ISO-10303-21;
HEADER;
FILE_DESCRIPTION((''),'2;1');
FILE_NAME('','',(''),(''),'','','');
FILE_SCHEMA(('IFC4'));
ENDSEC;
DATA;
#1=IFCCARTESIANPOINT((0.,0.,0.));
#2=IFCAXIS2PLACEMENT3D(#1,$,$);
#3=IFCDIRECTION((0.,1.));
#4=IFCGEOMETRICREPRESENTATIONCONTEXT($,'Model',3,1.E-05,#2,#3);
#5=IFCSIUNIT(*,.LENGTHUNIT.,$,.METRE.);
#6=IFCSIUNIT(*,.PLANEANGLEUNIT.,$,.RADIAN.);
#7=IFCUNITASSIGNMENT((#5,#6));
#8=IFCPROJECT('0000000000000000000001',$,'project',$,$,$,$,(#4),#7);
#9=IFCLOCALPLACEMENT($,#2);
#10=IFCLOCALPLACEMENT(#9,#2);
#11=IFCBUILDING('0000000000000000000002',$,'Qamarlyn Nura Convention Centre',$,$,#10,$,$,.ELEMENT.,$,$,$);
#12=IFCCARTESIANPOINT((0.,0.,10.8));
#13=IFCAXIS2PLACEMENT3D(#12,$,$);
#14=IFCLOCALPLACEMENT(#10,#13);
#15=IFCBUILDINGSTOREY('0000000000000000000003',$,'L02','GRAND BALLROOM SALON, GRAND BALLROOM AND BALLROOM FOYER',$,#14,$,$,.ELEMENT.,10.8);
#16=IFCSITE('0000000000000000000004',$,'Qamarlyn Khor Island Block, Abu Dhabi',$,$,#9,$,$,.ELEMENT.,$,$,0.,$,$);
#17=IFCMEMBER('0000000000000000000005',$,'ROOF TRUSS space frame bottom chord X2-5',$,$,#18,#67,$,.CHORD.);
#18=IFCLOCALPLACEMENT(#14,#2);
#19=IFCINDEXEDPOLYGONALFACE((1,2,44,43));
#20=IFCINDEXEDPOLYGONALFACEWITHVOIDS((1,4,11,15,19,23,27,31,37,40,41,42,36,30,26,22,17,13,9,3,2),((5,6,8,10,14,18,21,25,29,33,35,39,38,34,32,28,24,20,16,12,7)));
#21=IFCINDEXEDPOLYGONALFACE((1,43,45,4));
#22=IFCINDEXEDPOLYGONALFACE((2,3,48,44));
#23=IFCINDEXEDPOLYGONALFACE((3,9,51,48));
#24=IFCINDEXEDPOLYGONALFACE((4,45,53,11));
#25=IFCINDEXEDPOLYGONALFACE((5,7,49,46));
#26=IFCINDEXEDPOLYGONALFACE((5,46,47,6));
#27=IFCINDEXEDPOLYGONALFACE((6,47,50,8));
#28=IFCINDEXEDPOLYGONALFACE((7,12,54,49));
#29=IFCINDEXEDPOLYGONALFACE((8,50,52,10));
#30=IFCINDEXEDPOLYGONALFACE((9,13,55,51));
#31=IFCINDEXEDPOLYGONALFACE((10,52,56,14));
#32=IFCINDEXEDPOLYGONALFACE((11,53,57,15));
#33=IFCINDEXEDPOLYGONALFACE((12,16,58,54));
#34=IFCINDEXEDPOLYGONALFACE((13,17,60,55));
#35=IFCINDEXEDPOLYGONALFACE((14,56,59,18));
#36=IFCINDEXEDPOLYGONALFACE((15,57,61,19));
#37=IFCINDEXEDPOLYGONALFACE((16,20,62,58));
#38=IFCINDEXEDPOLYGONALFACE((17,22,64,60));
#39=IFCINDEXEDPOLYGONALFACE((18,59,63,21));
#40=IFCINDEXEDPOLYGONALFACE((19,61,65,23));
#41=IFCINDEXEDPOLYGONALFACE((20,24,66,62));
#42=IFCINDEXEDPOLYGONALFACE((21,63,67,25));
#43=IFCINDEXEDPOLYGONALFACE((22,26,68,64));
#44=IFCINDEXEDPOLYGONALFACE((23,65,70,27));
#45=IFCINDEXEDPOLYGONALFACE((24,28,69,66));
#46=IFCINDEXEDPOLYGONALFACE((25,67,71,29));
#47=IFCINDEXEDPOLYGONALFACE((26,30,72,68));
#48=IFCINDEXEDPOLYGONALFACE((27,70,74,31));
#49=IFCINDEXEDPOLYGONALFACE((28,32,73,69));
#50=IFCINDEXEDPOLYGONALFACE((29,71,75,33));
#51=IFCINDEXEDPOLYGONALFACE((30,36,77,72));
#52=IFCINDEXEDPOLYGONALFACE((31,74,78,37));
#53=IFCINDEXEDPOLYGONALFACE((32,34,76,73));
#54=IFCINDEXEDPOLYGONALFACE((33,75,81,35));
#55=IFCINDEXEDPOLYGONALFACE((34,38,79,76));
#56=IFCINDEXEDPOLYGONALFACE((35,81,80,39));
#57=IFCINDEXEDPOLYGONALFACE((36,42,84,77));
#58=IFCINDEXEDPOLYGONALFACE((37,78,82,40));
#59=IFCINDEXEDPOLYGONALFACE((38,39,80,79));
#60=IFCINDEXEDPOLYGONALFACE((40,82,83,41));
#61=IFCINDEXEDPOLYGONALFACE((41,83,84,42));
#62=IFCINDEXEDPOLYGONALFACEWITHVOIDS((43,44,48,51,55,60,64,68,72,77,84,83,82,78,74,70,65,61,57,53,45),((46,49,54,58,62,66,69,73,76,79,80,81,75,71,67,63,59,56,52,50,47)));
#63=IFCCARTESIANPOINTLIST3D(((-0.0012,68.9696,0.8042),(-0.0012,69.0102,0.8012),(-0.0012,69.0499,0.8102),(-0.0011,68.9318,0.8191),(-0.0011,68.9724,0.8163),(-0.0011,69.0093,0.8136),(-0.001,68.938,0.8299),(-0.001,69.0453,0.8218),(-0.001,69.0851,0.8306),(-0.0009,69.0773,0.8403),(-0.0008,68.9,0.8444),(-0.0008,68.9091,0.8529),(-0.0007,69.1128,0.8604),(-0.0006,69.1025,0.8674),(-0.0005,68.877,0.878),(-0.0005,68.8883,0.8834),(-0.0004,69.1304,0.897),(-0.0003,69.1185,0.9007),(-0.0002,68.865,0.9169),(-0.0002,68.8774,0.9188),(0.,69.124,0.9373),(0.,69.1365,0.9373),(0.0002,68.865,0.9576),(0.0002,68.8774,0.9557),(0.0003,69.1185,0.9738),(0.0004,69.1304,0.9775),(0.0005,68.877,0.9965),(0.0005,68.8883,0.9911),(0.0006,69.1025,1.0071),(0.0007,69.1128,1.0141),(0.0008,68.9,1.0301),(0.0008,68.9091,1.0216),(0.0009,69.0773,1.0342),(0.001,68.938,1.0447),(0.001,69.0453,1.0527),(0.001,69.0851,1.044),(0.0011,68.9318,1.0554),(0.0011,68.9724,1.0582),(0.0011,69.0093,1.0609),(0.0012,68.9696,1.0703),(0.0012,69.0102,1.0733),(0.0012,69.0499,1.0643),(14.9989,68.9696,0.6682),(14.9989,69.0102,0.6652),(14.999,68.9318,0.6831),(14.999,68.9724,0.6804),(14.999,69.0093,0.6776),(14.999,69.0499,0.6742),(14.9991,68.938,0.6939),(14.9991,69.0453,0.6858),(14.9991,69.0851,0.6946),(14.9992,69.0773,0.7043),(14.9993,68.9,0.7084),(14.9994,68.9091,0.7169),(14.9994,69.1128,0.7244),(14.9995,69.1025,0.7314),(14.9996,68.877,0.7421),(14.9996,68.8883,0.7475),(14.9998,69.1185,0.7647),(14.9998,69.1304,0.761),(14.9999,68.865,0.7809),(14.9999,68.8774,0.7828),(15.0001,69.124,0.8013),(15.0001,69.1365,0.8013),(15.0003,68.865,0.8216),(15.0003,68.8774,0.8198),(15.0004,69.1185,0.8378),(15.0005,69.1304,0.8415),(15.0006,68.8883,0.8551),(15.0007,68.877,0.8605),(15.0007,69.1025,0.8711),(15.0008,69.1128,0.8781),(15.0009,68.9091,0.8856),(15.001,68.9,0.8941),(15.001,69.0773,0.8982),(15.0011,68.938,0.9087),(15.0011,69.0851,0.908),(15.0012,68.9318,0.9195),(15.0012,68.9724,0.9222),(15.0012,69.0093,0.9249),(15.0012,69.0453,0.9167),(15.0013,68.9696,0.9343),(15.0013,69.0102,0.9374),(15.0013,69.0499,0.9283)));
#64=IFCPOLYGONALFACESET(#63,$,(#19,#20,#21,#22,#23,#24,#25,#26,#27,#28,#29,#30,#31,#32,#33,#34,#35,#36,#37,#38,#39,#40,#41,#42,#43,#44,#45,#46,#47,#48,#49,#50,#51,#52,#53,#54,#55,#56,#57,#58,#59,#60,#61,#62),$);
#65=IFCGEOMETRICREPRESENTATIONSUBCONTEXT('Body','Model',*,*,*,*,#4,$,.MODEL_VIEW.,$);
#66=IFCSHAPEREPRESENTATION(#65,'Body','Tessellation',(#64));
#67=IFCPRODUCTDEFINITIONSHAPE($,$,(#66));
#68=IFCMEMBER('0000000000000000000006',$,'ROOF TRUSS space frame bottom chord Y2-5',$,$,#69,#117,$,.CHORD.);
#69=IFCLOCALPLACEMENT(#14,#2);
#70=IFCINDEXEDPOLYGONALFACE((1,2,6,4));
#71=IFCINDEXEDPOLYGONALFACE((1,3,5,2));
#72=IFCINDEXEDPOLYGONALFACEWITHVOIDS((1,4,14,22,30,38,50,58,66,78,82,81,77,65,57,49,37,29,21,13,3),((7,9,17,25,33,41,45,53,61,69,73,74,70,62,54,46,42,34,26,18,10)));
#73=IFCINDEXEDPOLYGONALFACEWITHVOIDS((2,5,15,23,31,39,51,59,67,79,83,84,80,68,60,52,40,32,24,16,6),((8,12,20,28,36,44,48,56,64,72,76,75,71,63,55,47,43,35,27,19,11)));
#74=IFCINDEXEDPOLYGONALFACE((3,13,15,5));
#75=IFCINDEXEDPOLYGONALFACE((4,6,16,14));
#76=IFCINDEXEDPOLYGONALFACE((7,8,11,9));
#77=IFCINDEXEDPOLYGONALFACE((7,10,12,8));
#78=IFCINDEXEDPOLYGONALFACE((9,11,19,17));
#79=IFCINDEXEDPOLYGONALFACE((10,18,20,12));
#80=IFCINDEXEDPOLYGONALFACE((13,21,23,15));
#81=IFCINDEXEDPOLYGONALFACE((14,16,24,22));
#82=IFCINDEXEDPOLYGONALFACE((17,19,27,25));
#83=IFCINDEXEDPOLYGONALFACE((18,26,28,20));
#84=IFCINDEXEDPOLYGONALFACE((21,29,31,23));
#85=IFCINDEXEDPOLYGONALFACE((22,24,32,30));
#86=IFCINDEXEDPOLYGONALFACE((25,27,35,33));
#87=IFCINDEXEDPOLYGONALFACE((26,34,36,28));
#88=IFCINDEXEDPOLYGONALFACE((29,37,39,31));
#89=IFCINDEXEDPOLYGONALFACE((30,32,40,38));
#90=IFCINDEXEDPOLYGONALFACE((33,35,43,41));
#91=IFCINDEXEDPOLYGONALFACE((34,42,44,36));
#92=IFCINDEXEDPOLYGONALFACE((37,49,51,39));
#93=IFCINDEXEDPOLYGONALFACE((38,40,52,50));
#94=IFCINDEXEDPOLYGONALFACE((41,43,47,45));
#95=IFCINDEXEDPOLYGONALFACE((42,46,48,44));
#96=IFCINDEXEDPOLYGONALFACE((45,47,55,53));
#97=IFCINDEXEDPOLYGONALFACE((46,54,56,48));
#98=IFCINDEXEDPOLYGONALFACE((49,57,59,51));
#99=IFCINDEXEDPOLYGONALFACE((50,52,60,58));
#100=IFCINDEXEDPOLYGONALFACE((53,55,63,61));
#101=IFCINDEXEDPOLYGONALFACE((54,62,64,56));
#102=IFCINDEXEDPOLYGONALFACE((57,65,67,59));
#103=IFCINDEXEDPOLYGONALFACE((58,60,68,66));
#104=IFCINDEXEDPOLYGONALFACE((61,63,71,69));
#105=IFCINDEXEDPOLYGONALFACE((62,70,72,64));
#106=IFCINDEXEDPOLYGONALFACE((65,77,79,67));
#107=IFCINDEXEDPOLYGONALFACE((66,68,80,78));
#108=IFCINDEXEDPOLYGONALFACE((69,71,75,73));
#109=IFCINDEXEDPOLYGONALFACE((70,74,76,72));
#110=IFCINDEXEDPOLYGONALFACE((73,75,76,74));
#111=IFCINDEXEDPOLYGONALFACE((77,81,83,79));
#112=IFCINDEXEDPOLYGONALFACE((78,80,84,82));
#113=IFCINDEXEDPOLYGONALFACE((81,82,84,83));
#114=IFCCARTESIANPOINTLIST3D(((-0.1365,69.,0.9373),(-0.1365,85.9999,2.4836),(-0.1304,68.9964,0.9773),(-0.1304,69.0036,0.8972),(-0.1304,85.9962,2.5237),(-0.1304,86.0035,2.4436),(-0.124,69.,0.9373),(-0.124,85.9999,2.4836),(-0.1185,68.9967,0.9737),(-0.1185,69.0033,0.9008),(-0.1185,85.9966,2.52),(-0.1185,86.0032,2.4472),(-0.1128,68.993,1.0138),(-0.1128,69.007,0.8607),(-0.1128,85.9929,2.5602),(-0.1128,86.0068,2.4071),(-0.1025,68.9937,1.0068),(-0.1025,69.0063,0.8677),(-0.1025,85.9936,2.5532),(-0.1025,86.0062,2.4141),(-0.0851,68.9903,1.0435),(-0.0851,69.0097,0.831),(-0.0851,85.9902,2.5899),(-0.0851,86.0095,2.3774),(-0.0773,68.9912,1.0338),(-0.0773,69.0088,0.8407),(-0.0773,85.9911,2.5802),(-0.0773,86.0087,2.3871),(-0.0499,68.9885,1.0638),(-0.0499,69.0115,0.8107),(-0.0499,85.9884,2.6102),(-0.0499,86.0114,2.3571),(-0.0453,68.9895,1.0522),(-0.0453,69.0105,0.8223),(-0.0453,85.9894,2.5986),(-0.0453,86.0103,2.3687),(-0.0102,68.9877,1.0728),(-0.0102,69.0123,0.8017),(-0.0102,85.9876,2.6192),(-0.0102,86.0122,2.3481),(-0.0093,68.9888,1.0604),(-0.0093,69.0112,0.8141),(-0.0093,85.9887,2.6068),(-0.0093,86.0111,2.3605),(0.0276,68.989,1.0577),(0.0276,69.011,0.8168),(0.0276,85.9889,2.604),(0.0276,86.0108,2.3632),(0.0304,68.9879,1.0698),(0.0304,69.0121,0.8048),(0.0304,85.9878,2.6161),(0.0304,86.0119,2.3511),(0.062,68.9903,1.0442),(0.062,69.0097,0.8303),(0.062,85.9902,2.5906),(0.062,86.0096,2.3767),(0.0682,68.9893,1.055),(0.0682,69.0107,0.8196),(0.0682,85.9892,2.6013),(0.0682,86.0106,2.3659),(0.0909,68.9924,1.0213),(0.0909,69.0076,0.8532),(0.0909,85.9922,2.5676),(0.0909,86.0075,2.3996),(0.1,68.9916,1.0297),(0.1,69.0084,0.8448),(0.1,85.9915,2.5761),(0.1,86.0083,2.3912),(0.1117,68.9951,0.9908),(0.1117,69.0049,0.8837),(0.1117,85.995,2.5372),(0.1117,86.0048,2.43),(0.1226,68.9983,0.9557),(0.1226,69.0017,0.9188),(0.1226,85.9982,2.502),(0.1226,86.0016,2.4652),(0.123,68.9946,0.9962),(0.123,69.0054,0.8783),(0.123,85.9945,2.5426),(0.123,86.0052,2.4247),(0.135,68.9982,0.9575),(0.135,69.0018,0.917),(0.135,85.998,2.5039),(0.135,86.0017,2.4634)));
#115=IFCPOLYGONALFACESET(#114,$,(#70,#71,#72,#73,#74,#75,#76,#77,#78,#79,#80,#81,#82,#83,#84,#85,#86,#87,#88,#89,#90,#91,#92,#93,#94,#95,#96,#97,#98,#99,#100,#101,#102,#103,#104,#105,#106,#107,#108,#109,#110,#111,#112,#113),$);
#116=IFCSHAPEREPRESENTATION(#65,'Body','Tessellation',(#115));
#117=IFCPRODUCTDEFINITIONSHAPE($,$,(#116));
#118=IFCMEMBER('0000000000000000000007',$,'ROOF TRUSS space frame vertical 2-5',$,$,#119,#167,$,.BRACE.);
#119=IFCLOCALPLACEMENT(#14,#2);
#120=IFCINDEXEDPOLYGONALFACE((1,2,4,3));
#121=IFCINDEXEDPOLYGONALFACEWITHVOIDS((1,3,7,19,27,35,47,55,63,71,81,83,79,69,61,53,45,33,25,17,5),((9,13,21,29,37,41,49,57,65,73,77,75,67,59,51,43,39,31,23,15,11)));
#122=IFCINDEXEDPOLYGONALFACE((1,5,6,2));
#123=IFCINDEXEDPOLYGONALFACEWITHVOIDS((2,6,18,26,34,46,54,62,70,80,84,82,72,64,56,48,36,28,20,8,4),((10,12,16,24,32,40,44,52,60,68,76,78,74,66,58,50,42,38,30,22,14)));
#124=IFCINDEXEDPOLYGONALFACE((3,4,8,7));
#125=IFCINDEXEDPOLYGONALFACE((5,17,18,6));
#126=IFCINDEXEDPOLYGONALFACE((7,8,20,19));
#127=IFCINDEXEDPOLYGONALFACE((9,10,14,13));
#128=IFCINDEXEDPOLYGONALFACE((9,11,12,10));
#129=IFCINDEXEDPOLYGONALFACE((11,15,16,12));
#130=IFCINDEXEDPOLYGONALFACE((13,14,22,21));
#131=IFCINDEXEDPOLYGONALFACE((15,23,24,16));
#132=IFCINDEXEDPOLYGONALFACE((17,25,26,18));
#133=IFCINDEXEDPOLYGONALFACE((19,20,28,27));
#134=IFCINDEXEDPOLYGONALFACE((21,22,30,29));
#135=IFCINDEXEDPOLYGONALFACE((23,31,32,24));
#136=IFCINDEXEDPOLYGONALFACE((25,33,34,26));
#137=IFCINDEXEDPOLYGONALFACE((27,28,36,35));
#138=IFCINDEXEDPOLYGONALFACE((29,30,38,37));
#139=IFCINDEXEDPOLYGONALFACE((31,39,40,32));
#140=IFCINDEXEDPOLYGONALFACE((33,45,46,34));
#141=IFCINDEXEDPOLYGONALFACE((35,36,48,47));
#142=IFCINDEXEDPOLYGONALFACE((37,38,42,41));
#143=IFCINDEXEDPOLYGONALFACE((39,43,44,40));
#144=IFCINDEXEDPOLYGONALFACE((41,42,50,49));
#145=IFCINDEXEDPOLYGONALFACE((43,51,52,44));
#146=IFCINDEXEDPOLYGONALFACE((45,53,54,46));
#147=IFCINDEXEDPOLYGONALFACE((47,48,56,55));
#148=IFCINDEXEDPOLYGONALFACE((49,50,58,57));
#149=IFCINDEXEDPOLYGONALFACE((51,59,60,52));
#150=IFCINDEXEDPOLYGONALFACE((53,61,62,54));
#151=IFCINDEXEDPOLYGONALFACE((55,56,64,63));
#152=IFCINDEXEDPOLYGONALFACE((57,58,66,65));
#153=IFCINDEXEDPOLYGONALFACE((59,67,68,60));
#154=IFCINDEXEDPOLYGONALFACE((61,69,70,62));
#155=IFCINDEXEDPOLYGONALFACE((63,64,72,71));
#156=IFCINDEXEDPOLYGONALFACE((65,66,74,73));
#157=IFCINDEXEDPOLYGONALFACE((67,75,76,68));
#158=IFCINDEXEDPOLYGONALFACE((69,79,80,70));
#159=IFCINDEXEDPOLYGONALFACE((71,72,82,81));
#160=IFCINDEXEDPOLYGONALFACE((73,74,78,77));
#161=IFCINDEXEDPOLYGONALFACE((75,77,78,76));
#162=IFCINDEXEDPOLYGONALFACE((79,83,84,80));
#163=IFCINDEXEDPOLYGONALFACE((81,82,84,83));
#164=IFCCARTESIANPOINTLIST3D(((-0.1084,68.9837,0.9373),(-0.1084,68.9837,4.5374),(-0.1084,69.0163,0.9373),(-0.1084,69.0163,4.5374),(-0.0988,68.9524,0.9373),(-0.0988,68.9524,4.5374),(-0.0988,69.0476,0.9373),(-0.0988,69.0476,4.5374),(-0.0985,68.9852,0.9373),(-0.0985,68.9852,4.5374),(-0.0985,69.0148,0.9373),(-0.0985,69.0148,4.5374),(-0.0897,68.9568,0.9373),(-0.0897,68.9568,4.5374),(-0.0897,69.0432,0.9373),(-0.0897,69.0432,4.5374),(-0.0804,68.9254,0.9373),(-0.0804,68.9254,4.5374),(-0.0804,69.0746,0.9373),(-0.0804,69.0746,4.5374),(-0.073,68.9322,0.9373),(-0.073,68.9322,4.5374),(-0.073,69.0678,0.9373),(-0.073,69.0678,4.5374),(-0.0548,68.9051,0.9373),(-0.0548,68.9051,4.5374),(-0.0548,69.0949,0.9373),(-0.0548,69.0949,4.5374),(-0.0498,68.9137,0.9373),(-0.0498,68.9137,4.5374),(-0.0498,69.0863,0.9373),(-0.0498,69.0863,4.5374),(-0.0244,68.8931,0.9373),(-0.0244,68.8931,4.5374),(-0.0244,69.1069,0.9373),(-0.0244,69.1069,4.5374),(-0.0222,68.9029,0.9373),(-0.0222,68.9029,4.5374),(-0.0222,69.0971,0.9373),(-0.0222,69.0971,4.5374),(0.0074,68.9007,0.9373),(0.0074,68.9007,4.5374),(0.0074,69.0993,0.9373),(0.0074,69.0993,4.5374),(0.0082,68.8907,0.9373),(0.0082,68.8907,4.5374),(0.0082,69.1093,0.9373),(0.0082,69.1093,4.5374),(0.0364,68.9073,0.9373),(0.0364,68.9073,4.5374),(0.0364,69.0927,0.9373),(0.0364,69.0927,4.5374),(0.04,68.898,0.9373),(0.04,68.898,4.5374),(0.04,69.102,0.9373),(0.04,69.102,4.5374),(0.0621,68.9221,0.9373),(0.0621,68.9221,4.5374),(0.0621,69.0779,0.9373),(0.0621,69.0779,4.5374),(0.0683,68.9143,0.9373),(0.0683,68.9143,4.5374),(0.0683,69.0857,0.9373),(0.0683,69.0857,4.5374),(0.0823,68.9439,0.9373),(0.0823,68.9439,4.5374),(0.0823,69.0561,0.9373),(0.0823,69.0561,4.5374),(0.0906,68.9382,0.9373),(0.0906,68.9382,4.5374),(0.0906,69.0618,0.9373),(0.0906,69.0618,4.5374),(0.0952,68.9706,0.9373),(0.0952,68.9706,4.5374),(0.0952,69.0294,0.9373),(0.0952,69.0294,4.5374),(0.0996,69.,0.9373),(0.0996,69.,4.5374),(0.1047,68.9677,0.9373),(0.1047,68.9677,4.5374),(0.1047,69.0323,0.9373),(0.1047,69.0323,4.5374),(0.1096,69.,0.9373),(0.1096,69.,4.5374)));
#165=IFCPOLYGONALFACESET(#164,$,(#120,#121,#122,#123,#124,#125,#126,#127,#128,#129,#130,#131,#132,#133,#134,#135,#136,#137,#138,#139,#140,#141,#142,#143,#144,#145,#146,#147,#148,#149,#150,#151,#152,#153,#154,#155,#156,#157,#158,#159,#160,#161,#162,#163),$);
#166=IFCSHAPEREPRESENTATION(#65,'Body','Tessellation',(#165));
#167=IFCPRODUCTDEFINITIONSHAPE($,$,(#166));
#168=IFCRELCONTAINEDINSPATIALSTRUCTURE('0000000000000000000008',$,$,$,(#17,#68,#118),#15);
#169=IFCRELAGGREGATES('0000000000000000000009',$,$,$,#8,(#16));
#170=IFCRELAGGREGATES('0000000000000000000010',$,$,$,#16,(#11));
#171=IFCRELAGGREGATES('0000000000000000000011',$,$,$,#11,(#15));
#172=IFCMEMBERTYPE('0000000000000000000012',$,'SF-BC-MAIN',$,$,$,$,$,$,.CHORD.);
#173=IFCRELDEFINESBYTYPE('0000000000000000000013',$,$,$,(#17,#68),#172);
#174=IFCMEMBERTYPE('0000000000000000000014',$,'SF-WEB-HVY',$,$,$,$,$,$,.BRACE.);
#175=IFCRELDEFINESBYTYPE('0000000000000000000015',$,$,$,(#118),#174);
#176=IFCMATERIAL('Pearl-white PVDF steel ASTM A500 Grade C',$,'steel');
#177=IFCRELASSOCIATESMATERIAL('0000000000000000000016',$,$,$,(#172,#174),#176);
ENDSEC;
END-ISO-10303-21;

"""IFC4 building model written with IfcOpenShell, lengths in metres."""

from ifc_helpers import new_model, si_unit, direction, frame, origin, origin_2d, place, context, subcontext, project, spatial, hollow_circle, extrude, material, material_profile, profile_set, type_object, element, save


model = new_model("IFC4")

# Units and contexts
model_context = context("Model", 3, precision=1e-05, world=origin(), true_north=direction((0.0, 1.0)))
body_context = subcontext(model_context, "Body", "Model", "MODEL_VIEW")
ifc_project = project(units=[si_unit("LENGTHUNIT", "METRE"), si_unit("PLANEANGLEUNIT", "RADIAN")], contexts=[model_context])

# Site, building, storey
site_placement = place(None, origin())
site = spatial("IfcSite", under=ifc_project, at=site_placement, Name="Qamarlyn Khor Island Block, Abu Dhabi", CompositionType="ELEMENT", RefElevation=0.0)
building_placement = place(site_placement, origin())
building = spatial("IfcBuilding", under=site, at=building_placement, Name="Qamarlyn Nura Convention Centre", CompositionType="ELEMENT")
storey_placement = place(building_placement, frame((0.0, 0.0, 10.8)))
storey = spatial("IfcBuildingStorey", under=building, at=storey_placement, Name="L02", Description="GRAND BALLROOM SALON, GRAND BALLROOM AND BALLROOM FOYER", CompositionType="ELEMENT", Elevation=10.8)

# Shared definitions
ifc_material_1 = material(Name="Pearl-white PVDF steel ASTM A500 Grade C", Category="steel")

# Members
ifc_material_profile_1 = material_profile(ifc_material_1, hollow_circle(Radius=0.1365, WallThickness=0.0125, at=origin_2d()), Name="CHS273X12.5")
ifc_profile_set_1 = profile_set([ifc_material_profile_1], Name="Pearl-white PVDF steel ASTM A500 Grade C")
member_type_1 = type_object("IfcMemberType", Name="SF-BC-MAIN", PredefinedType="CHORD", material=ifc_profile_set_1)
member_1_placement = place(storey_placement, frame((0.0, 69.0, 0.9373), z_axis=(0.999959, 0.0, -0.009065), x_axis=(0.0, 1.0, 0.0)))
element("IfcMember", 1, at=member_1_placement, inside=storey, type_object=member_type_1, Name="ROOF TRUSS space frame bottom chord X2-5", PredefinedType="CHORD", context=body_context, shape_type="SweptSolid", body=[
    extrude(hollow_circle(Radius=0.1365, WallThickness=0.0125, at=origin_2d()), origin(), (0.0, 0.0, 1.0), 15.0007),
])
member_2_placement = place(storey_placement, frame((0.0, 69.0, 0.9373), z_axis=(0.0, 0.995888, 0.09059), x_axis=(-1.0, 0.0, 0.0)))
element("IfcMember", 2, at=member_2_placement, inside=storey, type_object=member_type_1, Name="ROOF TRUSS space frame bottom chord Y2-5", PredefinedType="CHORD", context=body_context, shape_type="SweptSolid", body=[
    extrude(hollow_circle(Radius=0.1365, WallThickness=0.0125, at=origin_2d()), origin(), (0.0, 0.0, 1.0), 17.0701),
])
ifc_material_profile_2 = material_profile(ifc_material_1, hollow_circle(Radius=0.1096, WallThickness=0.01, at=origin_2d()), Name="CHS219.1X10")
ifc_profile_set_2 = profile_set([ifc_material_profile_2], Name="Pearl-white PVDF steel ASTM A500 Grade C")
member_type_2 = type_object("IfcMemberType", Name="SF-WEB-HVY", PredefinedType="BRACE", material=ifc_profile_set_2)
member_3_placement = place(storey_placement, frame((0.0, 69.0, 0.9373), z_axis=(0.0, 0.0, 1.0), x_axis=(1.0, 0.0, 0.0)))
element("IfcMember", 3, at=member_3_placement, inside=storey, type_object=member_type_2, Name="ROOF TRUSS space frame vertical 2-5", PredefinedType="BRACE", context=body_context, shape_type="SweptSolid", body=[
    extrude(hollow_circle(Radius=0.1096, WallThickness=0.01, at=origin_2d()), origin(), (0.0, 0.0, 1.0), 3.6001),
])

save(model, "model.ifc")
